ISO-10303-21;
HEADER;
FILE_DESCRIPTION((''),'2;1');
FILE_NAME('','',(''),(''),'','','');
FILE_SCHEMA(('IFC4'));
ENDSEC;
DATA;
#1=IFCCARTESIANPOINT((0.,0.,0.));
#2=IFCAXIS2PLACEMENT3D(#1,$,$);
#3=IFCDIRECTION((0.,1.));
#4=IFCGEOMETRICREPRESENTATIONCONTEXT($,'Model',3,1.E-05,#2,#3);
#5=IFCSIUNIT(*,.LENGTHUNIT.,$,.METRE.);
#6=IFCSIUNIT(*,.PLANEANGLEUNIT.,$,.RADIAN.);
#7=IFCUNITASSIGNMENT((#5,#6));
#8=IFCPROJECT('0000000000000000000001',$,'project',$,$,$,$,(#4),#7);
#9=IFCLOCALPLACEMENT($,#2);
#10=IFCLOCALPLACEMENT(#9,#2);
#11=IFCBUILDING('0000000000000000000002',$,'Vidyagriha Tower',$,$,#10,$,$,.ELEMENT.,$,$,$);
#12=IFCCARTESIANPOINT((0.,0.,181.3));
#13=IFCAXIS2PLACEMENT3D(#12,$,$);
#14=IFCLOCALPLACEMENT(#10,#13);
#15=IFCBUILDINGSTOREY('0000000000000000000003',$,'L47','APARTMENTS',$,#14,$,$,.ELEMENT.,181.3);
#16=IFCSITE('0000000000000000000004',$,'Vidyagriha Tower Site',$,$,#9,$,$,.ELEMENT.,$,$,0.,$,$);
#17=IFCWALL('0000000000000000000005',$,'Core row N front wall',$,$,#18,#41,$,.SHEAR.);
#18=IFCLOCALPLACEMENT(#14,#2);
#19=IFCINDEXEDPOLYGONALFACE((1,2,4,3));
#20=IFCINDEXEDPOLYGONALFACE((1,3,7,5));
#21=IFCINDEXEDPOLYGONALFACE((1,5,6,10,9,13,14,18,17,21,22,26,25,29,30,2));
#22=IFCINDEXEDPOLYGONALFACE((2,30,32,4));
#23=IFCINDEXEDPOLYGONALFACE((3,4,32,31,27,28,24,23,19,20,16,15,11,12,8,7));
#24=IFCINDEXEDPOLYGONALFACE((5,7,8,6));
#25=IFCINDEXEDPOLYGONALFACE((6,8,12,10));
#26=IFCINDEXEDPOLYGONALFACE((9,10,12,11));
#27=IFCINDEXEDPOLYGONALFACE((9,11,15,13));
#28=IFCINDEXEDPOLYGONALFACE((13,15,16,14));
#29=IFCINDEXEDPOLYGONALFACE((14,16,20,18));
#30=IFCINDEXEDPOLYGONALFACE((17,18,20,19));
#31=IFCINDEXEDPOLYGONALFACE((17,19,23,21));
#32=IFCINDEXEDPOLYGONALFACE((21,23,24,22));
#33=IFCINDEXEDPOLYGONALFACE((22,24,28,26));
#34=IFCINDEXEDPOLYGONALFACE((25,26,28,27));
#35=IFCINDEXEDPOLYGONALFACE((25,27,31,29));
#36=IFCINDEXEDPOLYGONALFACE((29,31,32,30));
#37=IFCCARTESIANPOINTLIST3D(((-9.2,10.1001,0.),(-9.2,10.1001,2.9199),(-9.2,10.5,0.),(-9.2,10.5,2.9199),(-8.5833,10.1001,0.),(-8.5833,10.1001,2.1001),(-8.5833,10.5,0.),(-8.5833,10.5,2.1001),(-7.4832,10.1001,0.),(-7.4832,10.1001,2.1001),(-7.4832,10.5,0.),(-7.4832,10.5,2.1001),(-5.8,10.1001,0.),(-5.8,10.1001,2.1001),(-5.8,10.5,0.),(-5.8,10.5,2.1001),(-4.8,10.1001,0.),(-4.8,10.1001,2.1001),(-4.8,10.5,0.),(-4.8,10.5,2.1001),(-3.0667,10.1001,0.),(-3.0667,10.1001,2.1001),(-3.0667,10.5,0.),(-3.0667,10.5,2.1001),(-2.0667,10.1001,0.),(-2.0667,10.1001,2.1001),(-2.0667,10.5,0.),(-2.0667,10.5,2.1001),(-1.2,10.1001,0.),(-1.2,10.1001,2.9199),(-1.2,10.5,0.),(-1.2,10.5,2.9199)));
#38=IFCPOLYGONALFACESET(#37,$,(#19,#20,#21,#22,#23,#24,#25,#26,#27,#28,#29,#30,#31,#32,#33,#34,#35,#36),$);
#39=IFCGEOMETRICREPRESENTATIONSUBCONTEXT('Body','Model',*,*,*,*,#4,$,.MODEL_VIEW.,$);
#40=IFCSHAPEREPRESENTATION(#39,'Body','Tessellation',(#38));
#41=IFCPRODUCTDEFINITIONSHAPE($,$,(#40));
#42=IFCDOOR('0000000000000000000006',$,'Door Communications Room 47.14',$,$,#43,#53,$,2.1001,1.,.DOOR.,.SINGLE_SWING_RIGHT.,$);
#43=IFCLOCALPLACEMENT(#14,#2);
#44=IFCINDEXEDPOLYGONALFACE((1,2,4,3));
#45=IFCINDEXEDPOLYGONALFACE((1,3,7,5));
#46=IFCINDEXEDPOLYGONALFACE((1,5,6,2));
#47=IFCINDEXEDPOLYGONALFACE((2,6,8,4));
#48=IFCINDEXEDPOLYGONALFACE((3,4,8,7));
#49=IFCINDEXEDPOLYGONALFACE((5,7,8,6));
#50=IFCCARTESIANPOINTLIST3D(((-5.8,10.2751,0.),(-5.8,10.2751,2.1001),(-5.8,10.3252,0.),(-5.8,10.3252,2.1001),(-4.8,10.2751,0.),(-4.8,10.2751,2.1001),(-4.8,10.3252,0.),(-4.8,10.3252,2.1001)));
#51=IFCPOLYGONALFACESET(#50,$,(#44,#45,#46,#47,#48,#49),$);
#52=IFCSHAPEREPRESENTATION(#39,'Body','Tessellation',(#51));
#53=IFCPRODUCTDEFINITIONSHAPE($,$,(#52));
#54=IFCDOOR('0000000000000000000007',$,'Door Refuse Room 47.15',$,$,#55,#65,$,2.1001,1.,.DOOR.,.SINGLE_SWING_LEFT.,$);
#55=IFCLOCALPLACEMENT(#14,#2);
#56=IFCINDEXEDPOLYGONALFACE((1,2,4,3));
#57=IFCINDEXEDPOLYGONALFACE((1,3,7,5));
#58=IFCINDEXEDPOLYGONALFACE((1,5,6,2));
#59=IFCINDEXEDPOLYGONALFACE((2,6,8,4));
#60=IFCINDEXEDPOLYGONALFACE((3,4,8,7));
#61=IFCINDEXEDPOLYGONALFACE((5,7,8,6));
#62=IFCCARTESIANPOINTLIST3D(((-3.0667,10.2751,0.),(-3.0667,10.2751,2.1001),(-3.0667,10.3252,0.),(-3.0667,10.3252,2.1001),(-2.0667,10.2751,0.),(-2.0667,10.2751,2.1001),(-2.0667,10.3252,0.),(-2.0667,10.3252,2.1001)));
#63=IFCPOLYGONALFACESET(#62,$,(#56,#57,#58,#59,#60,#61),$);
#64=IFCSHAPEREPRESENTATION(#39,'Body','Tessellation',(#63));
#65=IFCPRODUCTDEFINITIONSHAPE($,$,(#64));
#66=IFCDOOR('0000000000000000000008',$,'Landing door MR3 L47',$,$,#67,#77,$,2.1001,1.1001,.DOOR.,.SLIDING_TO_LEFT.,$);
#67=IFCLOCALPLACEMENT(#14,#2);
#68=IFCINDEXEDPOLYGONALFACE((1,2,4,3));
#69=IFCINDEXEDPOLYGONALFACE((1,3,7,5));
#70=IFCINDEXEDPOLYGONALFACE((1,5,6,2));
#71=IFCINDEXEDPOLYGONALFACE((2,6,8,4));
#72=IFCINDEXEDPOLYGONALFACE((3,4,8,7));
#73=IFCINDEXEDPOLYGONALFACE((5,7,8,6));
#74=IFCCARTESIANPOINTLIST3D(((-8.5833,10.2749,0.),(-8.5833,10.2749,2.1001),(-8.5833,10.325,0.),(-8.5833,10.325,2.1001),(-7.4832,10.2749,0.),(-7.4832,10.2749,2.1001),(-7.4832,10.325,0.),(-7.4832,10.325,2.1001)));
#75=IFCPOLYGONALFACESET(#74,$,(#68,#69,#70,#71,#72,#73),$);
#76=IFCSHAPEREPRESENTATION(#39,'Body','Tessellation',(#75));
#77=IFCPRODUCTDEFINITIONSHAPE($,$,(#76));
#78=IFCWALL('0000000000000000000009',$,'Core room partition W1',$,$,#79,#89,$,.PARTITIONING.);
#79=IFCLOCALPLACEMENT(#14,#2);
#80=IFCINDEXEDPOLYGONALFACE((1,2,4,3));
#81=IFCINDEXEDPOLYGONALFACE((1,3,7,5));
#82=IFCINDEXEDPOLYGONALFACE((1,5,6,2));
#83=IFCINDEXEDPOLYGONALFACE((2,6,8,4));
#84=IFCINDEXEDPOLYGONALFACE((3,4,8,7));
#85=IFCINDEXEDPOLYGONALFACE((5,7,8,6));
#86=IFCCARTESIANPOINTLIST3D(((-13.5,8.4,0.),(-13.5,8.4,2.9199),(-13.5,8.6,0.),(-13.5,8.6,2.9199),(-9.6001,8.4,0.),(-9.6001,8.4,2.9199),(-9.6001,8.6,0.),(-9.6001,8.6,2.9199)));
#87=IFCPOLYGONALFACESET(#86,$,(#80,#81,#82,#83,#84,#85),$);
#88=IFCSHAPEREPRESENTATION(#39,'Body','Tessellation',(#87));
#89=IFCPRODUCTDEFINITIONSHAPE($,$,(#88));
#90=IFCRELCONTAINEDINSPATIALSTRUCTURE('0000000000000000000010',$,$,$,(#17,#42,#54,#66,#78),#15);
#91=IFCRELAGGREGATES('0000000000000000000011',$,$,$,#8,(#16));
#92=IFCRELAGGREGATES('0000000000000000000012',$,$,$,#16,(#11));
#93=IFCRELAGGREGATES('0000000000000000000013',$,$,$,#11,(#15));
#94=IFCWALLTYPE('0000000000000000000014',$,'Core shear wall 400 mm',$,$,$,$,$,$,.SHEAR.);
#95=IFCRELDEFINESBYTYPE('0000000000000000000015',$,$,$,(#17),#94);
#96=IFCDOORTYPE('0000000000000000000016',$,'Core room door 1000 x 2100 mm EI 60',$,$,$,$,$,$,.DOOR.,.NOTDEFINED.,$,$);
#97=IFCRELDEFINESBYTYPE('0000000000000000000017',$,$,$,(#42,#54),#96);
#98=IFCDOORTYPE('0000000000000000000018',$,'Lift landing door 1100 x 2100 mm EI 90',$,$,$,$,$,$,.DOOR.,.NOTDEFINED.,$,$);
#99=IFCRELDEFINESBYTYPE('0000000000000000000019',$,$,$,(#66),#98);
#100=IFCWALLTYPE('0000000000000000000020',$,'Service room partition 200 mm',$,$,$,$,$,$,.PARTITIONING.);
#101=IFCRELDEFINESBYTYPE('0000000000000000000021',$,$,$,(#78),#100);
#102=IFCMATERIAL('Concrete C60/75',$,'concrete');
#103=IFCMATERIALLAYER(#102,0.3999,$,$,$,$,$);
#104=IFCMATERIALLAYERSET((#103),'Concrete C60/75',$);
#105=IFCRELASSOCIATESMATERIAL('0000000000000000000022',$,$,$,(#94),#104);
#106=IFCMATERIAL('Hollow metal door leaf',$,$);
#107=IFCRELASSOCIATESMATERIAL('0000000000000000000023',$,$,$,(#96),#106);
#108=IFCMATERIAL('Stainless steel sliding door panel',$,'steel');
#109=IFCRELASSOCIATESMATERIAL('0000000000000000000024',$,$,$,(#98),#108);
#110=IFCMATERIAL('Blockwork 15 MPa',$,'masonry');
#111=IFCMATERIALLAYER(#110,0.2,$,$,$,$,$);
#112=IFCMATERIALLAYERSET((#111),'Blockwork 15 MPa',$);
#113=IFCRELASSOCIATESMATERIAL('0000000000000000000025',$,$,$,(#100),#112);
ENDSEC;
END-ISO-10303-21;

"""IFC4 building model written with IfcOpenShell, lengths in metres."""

from ifc_helpers import new_model, si_unit, direction, frame, frame_2d, origin, place, context, subcontext, project, spatial, rectangle, extrude, material, layer, layer_set, type_object, element, fill, save


model = new_model("IFC4")

# Units and contexts
model_context = context("Model", 3, precision=1e-05, world=origin(), true_north=direction((0.0, 1.0)))
body_context = subcontext(model_context, "Body", "Model", "MODEL_VIEW")
ifc_project = project(units=[si_unit("LENGTHUNIT", "METRE"), si_unit("PLANEANGLEUNIT", "RADIAN")], contexts=[model_context])

# Site, building, storey
site_placement = place(None, origin())
site = spatial("IfcSite", under=ifc_project, at=site_placement, Name="Vidyagriha Tower Site", CompositionType="ELEMENT", RefElevation=0.0)
building_placement = place(site_placement, origin())
building = spatial("IfcBuilding", under=site, at=building_placement, Name="Vidyagriha Tower", CompositionType="ELEMENT")
storey_placement = place(building_placement, frame((0.0, 0.0, 181.3)))
storey = spatial("IfcBuildingStorey", under=building, at=storey_placement, Name="L47", Description="APARTMENTS", CompositionType="ELEMENT", Elevation=181.3)

# Shared definitions
ifc_material_1 = material(Name="Concrete C60/75", Category="concrete")
ifc_layer_1 = layer(ifc_material_1, 0.3999)
ifc_layer_set_1 = layer_set([ifc_layer_1], Name="Concrete C60/75")
wall_type_1 = type_object("IfcWallType", Name="Core shear wall 400 mm", PredefinedType="SHEAR", material=ifc_layer_set_1)
ifc_material_2 = material(Name="Hollow metal door leaf")
door_type_1 = type_object("IfcDoorType", Name="Core room door 1000 x 2100 mm EI 60", OperationType="NOTDEFINED", PredefinedType="DOOR", material=ifc_material_2)
ifc_material_3 = material(Name="Stainless steel sliding door panel", Category="steel")
door_type_2 = type_object("IfcDoorType", Name="Lift landing door 1100 x 2100 mm EI 90", OperationType="NOTDEFINED", PredefinedType="DOOR", material=ifc_material_3)

# Wall, openings, doors
wall_1_placement = place(storey_placement, frame((-9.2, 10.3, 0.0)))
wall_1 = element("IfcWall", 1, at=wall_1_placement, inside=storey, type_object=wall_type_1, Name="Core row N front wall", PredefinedType="SHEAR", context=body_context, shape_type="SweptSolid", body=[
    extrude(rectangle(XDim=8.0, YDim=0.3999, at=frame_2d((4.0, 0.0))), origin(), (0.0, 0.0, 1.0), 2.9199),
])
opening_1_placement = place(wall_1_placement, frame((0.6167, 0.0, 0.0)))
opening_1 = element("IfcOpeningElement", 2, at=opening_1_placement, cuts=wall_1, PredefinedType="OPENING", context=body_context, shape_type="SweptSolid", body=[
    extrude(rectangle(XDim=1.1001, YDim=2.1001, at=frame_2d((0.55, 1.05))), frame((0.0, 0.21, 0.0), z_axis=(0.0, -1.0, 0.0), x_axis=(1.0, 0.0, 0.0)), (0.0, 0.0, 1.0), 0.4199),
])
opening_2_placement = place(wall_1_placement, frame((3.3999, 0.0, 0.0)))
opening_2 = element("IfcOpeningElement", 3, at=opening_2_placement, cuts=wall_1, PredefinedType="OPENING", context=body_context, shape_type="SweptSolid", body=[
    extrude(rectangle(XDim=1.0, YDim=2.1001, at=frame_2d((0.5, 1.05))), frame((0.0, 0.21, 0.0), z_axis=(0.0, -1.0, 0.0), x_axis=(1.0, 0.0, 0.0)), (0.0, 0.0, 1.0), 0.4199),
])
opening_3_placement = place(wall_1_placement, frame((6.1333, 0.0, 0.0)))
opening_3 = element("IfcOpeningElement", 4, at=opening_3_placement, cuts=wall_1, PredefinedType="OPENING", context=body_context, shape_type="SweptSolid", body=[
    extrude(rectangle(XDim=1.0, YDim=2.1001, at=frame_2d((0.5, 1.05))), frame((0.0, 0.21, 0.0), z_axis=(0.0, -1.0, 0.0), x_axis=(1.0, 0.0, 0.0)), (0.0, 0.0, 1.0), 0.4199),
])
door_1_placement = place(opening_2_placement, frame((1.0, 0.0, 0.0), z_axis=(0.0, 0.0, 1.0), x_axis=(-1.0, 0.0, 0.0)))
door_1 = element("IfcDoor", 5, at=door_1_placement, inside=storey, type_object=door_type_1, Name="Door Communications Room 47.14", OperationType="SINGLE_SWING_RIGHT", OverallHeight=2.1001, OverallWidth=1.0, PredefinedType="DOOR", context=body_context, shape_type="SweptSolid", body=[
    extrude(rectangle(XDim=1.0, YDim=2.1001, at=frame_2d((0.5, 1.05))), frame((0.0, 0.0249, 0.0), z_axis=(0.0, -1.0, 0.0), x_axis=(1.0, 0.0, 0.0)), (0.0, 0.0, 1.0), 0.05),
])
fill(opening_2, door_1)
door_2_placement = place(opening_3_placement, frame((1.0, 0.0, 0.0), z_axis=(0.0, 0.0, 1.0), x_axis=(-1.0, 0.0, 0.0)))
door_2 = element("IfcDoor", 6, at=door_2_placement, inside=storey, type_object=door_type_1, Name="Door Refuse Room 47.15", OperationType="SINGLE_SWING_LEFT", OverallHeight=2.1001, OverallWidth=1.0, PredefinedType="DOOR", context=body_context, shape_type="SweptSolid", body=[
    extrude(rectangle(XDim=1.0, YDim=2.1001, at=frame_2d((0.5, 1.05))), frame((0.0, 0.0249, 0.0), z_axis=(0.0, -1.0, 0.0), x_axis=(1.0, 0.0, 0.0)), (0.0, 0.0, 1.0), 0.05),
])
fill(opening_3, door_2)
door_3_placement = place(opening_1_placement, origin())
door_3 = element("IfcDoor", 7, at=door_3_placement, inside=storey, type_object=door_type_2, Name="Landing door MR3 L47", OperationType="SLIDING_TO_LEFT", OverallHeight=2.1001, OverallWidth=1.1001, PredefinedType="DOOR", context=body_context, shape_type="SweptSolid", body=[
    extrude(rectangle(XDim=1.1001, YDim=2.1001, at=frame_2d((0.55, 1.05))), frame((0.0, 0.0249, 0.0), z_axis=(0.0, -1.0, 0.0), x_axis=(1.0, 0.0, 0.0)), (0.0, 0.0, 1.0), 0.05),
])
fill(opening_1, door_3)

# Wall
ifc_material_4 = material(Name="Blockwork 15 MPa", Category="masonry")
ifc_layer_2 = layer(ifc_material_4, 0.2)
ifc_layer_set_2 = layer_set([ifc_layer_2], Name="Blockwork 15 MPa")
wall_type_2 = type_object("IfcWallType", Name="Service room partition 200 mm", PredefinedType="PARTITIONING", material=ifc_layer_set_2)
wall_2_placement = place(storey_placement, frame((-13.5, 8.5, 0.0)))
element("IfcWall", 8, at=wall_2_placement, inside=storey, type_object=wall_type_2, Name="Core room partition W1", PredefinedType="PARTITIONING", context=body_context, shape_type="SweptSolid", body=[
    extrude(rectangle(XDim=3.8999, YDim=0.2, at=frame_2d((1.95, 0.0))), origin(), (0.0, 0.0, 1.0), 2.9199),
])

save(model, "model.ifc")
